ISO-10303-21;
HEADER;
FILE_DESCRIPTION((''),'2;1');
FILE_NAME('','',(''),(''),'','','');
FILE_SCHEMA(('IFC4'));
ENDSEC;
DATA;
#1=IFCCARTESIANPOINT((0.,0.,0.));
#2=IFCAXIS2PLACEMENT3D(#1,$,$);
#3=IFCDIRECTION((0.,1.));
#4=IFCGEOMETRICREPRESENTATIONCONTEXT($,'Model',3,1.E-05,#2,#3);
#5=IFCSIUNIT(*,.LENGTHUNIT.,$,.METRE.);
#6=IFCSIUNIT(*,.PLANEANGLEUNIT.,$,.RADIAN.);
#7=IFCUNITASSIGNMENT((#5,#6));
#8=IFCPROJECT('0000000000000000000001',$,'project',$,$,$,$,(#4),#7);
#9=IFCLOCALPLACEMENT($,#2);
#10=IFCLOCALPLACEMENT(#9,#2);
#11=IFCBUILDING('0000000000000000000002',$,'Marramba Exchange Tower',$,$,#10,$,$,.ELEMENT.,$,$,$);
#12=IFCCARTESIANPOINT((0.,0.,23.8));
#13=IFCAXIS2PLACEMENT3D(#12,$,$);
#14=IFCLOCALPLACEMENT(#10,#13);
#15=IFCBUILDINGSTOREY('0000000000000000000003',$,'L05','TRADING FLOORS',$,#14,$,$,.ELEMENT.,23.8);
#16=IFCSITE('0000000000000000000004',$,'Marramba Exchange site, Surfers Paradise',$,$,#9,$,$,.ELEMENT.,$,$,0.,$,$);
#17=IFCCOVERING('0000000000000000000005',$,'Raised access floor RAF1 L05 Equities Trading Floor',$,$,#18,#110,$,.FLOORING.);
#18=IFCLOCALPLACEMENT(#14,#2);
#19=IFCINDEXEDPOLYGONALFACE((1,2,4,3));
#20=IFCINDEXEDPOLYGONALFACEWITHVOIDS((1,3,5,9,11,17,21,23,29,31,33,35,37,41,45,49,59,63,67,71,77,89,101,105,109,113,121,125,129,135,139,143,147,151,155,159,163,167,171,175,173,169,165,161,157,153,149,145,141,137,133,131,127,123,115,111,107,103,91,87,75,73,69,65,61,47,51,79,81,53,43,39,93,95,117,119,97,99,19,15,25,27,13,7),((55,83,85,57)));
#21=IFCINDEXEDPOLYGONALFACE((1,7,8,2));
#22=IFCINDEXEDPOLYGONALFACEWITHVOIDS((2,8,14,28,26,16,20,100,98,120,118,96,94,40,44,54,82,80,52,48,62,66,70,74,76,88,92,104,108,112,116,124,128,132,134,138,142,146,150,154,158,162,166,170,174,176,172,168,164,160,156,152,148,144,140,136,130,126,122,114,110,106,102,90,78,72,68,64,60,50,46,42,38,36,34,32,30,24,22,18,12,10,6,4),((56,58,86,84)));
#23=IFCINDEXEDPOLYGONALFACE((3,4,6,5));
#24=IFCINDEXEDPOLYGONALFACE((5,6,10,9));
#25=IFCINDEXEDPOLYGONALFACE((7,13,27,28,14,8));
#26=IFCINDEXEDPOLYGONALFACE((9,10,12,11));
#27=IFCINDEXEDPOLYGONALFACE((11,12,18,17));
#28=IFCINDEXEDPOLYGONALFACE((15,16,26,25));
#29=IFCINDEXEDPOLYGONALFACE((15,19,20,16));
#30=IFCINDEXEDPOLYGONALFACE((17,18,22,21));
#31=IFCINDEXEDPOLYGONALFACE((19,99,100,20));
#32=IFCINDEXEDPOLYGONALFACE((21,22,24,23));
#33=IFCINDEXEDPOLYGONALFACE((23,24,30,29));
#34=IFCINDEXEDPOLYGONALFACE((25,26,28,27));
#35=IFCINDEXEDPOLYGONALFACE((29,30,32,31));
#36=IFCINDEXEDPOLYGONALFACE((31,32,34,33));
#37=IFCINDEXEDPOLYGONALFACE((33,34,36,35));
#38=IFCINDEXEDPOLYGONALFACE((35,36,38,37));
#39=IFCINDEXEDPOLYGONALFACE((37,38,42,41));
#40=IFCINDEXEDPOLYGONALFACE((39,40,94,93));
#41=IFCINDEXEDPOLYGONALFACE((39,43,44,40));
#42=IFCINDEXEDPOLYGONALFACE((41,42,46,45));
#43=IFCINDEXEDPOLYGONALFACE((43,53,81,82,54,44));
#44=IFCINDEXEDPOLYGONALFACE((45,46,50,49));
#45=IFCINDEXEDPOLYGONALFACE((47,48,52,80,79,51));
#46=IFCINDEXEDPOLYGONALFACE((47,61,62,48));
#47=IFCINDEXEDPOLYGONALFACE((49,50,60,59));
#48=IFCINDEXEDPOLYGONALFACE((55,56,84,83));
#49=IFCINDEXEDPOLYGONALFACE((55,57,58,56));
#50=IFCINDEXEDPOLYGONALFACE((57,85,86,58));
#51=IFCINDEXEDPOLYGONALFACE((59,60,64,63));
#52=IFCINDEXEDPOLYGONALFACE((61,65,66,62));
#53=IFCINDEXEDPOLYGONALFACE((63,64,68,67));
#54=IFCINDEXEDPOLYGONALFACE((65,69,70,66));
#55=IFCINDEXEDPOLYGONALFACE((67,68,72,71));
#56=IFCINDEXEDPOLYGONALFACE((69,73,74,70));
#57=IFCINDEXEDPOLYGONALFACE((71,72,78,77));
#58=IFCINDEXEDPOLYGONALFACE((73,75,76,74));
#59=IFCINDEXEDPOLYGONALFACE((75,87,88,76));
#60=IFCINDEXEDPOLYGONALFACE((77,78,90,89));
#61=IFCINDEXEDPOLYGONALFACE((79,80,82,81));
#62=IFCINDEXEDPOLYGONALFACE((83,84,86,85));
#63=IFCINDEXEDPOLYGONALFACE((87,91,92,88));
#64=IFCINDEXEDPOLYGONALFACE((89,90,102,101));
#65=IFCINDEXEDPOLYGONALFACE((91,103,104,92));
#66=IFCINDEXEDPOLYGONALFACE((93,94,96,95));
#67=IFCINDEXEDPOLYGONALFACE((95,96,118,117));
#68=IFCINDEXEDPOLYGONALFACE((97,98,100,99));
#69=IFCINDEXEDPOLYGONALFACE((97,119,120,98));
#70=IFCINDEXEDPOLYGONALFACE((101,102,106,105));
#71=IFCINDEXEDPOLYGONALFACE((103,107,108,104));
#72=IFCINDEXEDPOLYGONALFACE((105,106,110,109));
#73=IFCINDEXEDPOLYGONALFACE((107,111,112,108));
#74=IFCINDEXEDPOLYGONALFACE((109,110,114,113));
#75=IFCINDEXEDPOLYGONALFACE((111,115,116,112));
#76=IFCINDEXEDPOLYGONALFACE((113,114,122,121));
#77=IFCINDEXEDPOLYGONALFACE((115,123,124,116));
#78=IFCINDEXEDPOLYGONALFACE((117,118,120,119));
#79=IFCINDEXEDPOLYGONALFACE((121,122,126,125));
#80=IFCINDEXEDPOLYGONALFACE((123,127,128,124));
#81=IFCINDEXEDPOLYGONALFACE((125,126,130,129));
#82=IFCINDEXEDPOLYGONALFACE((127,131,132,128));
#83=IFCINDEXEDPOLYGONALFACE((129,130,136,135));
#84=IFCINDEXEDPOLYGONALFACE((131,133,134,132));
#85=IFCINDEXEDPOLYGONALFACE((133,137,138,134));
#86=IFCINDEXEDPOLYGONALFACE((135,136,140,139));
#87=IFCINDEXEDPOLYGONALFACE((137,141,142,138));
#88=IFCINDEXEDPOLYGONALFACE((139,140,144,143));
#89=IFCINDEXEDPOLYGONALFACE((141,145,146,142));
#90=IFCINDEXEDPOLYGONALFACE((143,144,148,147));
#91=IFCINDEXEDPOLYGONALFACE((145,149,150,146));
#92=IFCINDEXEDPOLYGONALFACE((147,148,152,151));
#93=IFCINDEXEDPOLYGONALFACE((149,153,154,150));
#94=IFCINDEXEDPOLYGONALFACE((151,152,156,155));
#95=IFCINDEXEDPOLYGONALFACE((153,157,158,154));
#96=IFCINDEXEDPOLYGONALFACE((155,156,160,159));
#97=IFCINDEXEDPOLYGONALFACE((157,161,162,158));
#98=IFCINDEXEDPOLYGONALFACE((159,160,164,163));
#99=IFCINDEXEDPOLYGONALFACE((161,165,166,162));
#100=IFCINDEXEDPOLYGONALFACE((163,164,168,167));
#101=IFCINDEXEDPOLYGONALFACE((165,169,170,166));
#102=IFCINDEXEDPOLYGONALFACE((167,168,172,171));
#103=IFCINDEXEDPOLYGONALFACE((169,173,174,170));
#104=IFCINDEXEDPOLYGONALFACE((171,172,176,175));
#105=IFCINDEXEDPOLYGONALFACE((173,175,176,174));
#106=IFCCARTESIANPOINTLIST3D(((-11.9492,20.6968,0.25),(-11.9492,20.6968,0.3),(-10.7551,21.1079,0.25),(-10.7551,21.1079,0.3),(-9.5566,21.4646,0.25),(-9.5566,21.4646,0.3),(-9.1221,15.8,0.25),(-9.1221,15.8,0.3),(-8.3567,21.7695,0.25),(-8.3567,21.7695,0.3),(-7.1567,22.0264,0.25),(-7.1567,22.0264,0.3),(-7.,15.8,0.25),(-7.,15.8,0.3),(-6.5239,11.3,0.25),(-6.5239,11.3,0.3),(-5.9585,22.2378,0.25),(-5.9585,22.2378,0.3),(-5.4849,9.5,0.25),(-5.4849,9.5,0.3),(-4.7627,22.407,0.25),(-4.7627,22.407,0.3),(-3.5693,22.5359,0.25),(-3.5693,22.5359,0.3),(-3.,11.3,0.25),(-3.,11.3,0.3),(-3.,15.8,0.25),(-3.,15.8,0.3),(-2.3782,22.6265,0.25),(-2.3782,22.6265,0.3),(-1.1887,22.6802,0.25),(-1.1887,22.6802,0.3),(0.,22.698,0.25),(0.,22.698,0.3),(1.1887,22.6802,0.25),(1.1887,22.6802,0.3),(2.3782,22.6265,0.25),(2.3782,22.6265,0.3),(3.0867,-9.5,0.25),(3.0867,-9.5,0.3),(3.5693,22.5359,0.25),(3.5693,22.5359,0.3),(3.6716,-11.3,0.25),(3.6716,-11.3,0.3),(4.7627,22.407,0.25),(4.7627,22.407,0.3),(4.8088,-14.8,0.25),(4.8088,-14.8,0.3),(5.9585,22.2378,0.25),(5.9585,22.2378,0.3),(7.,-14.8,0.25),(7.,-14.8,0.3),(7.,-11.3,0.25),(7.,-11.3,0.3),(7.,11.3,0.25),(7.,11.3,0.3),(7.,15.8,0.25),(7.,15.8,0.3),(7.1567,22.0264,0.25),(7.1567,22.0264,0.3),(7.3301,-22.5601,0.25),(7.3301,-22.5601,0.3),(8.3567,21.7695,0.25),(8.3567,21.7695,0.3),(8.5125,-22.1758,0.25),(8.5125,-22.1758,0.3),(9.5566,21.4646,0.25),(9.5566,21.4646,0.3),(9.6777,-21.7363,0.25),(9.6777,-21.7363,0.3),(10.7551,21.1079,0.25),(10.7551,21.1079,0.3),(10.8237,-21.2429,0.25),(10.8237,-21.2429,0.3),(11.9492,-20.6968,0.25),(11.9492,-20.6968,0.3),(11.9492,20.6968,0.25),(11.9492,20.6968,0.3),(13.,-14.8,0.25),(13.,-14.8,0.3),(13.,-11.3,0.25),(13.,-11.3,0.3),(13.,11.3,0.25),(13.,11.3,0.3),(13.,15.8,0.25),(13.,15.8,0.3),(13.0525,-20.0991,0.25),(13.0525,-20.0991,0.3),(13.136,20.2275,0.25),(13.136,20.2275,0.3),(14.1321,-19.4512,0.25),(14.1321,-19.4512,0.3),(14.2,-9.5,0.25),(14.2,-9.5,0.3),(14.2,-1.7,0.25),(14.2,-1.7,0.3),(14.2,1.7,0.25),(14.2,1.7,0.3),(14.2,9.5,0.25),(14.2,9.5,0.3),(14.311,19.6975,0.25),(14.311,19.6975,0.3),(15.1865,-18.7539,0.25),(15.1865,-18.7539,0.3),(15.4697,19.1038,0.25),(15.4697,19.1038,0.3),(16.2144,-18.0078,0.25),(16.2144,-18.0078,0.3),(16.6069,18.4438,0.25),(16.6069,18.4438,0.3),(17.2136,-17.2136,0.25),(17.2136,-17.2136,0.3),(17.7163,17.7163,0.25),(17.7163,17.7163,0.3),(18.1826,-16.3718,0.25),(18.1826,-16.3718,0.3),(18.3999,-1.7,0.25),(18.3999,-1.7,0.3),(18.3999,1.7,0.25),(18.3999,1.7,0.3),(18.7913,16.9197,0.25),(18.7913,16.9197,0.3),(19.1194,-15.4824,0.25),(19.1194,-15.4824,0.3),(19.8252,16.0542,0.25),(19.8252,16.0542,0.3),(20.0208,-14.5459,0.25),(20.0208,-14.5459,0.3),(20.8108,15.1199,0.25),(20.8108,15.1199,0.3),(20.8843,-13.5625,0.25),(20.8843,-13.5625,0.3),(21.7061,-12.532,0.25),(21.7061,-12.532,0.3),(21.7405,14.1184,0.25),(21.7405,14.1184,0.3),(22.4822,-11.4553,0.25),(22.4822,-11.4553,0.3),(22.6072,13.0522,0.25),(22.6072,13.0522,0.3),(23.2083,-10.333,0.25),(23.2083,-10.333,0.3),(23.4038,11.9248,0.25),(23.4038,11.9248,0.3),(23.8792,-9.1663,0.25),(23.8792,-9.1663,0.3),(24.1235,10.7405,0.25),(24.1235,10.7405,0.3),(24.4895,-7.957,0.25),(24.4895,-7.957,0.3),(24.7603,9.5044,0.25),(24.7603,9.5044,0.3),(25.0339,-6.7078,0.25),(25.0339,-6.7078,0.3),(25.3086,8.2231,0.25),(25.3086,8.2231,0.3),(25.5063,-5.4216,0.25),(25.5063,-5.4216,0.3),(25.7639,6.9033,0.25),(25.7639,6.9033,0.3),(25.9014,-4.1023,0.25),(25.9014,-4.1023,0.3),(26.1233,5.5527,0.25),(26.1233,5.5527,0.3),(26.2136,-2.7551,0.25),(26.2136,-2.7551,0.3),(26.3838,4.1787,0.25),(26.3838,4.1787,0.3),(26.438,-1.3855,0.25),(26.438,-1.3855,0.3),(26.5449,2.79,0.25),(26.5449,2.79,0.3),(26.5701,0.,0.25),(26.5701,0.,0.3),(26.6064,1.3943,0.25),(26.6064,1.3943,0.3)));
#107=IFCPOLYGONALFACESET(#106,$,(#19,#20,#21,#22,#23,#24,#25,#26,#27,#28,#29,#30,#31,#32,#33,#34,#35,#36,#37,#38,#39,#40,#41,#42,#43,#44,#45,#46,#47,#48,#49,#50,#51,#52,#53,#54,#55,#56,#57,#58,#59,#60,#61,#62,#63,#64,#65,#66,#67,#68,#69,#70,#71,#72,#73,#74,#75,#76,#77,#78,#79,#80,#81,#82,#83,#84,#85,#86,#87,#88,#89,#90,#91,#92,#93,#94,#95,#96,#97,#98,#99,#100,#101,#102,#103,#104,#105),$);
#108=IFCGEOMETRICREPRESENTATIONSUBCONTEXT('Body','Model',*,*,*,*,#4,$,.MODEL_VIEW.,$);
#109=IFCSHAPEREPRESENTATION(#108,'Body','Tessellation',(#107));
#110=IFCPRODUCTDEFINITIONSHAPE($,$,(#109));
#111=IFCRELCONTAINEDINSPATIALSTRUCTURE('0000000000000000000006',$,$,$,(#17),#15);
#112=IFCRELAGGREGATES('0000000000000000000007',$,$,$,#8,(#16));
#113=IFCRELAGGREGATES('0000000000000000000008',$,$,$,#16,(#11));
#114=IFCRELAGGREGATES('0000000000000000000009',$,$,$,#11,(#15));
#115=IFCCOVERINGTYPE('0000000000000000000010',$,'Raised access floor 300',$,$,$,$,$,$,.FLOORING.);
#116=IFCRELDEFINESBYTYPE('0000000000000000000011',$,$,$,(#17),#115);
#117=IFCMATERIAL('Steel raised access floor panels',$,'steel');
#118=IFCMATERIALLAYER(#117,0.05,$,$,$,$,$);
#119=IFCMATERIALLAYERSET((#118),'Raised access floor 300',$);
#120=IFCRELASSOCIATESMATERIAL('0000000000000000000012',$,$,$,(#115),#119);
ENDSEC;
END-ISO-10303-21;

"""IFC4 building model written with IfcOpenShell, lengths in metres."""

from ifc_helpers import new_model, si_unit, direction, frame, origin, place, context, subcontext, project, spatial, polyline, outline, extrude, material, layer, layer_set, type_object, element, save


model = new_model("IFC4")

# Units and contexts
model_context = context("Model", 3, precision=1e-05, world=origin(), true_north=direction((0.0, 1.0)))
body_context = subcontext(model_context, "Body", "Model", "MODEL_VIEW")
ifc_project = project(units=[si_unit("LENGTHUNIT", "METRE"), si_unit("PLANEANGLEUNIT", "RADIAN")], contexts=[model_context])

# Site, building, storey
site_placement = place(None, origin())
site = spatial("IfcSite", under=ifc_project, at=site_placement, Name="Marramba Exchange site, Surfers Paradise", CompositionType="ELEMENT", RefElevation=0.0)
building_placement = place(site_placement, origin())
building = spatial("IfcBuilding", under=site, at=building_placement, Name="Marramba Exchange Tower", CompositionType="ELEMENT")
storey_placement = place(building_placement, frame((0.0, 0.0, 23.8)))
storey = spatial("IfcBuildingStorey", under=building, at=storey_placement, Name="L05", Description="TRADING FLOORS", CompositionType="ELEMENT", Elevation=23.8)

# Covering
ifc_material_1 = material(Name="Steel raised access floor panels", Category="steel")
ifc_layer_1 = layer(ifc_material_1, 0.05)
ifc_layer_set_1 = layer_set([ifc_layer_1], Name="Raised access floor 300")
covering_type_1 = type_object("IfcCoveringType", Name="Raised access floor 300", PredefinedType="FLOORING", material=ifc_layer_set_1)
covering_1_placement = place(storey_placement, frame((0.0, 0.0, 0.25)))
element("IfcCovering", 1, at=covering_1_placement, inside=storey, type_object=covering_type_1, Name="Raised access floor RAF1 L05 Equities Trading Floor", PredefinedType="FLOORING", context=body_context, shape_type="SweptSolid", body=[
    extrude(outline(polyline([(14.2, -1.7), (18.3999, -1.7), (18.3999, 1.7), (14.2, 1.7), (14.2, 9.5), (-5.4849, 9.5), (-6.5239, 11.3), (-3.0, 11.3), (-3.0, 15.8), (-7.0, 15.8), (-9.1221, 15.8), (-11.9492, 20.6968), (-10.7551, 21.1079), (-9.5566, 21.4646), (-8.3567, 21.7695), (-7.1567, 22.0264), (-5.9585, 22.2378), (-4.7627, 22.407), (-3.5693, 22.5359), (-2.3782, 22.6265), (-1.1887, 22.6802), (0.0, 22.698), (1.1887, 22.6802), (2.3782, 22.6265), (3.5693, 22.5359), (4.7627, 22.407), (5.9585, 22.2378), (7.1567, 22.0264), (8.3567, 21.7695), (9.5566, 21.4646), (10.7551, 21.1079), (11.9492, 20.6968), (13.136, 20.2275), (14.311, 19.6975), (15.4697, 19.1038), (16.6069, 18.4438), (17.7163, 17.7163), (18.7913, 16.9197), (19.8252, 16.0542), (20.8108, 15.1199), (21.7405, 14.1184), (22.6072, 13.0522), (23.4038, 11.9248), (24.1235, 10.7405), (24.7603, 9.5044), (25.3086, 8.2231), (25.7639, 6.9033), (26.1233, 5.5527), (26.3838, 4.1787), (26.5449, 2.79), (26.6064, 1.3943), (26.5701, 0.0), (26.438, -1.3855), (26.2136, -2.7551), (25.9014, -4.1023), (25.5063, -5.4216), (25.0339, -6.7078), (24.4895, -7.957), (23.8792, -9.1663), (23.2083, -10.333), (22.4822, -11.4553), (21.7061, -12.532), (20.8843, -13.5625), (20.0208, -14.5459), (19.1194, -15.4824), (18.1826, -16.3718), (17.2136, -17.2136), (16.2144, -18.0078), (15.1865, -18.7539), (14.1321, -19.4512), (13.0525, -20.0991), (11.9492, -20.6968), (10.8237, -21.2429), (9.6777, -21.7363), (8.5125, -22.1758), (7.3301, -22.5601), (4.8088, -14.8), (7.0, -14.8), (13.0, -14.8), (13.0, -11.3), (7.0, -11.3), (3.6716, -11.3), (3.0867, -9.5), (14.2, -9.5), (14.2, -1.7)]), holes=[polyline([(7.0, 15.8), (7.0, 11.3), (13.0, 11.3), (13.0, 15.8), (7.0, 15.8)])]), origin(), (0.0, 0.0, 1.0), 0.05),
])

save(model, "model.ifc")
